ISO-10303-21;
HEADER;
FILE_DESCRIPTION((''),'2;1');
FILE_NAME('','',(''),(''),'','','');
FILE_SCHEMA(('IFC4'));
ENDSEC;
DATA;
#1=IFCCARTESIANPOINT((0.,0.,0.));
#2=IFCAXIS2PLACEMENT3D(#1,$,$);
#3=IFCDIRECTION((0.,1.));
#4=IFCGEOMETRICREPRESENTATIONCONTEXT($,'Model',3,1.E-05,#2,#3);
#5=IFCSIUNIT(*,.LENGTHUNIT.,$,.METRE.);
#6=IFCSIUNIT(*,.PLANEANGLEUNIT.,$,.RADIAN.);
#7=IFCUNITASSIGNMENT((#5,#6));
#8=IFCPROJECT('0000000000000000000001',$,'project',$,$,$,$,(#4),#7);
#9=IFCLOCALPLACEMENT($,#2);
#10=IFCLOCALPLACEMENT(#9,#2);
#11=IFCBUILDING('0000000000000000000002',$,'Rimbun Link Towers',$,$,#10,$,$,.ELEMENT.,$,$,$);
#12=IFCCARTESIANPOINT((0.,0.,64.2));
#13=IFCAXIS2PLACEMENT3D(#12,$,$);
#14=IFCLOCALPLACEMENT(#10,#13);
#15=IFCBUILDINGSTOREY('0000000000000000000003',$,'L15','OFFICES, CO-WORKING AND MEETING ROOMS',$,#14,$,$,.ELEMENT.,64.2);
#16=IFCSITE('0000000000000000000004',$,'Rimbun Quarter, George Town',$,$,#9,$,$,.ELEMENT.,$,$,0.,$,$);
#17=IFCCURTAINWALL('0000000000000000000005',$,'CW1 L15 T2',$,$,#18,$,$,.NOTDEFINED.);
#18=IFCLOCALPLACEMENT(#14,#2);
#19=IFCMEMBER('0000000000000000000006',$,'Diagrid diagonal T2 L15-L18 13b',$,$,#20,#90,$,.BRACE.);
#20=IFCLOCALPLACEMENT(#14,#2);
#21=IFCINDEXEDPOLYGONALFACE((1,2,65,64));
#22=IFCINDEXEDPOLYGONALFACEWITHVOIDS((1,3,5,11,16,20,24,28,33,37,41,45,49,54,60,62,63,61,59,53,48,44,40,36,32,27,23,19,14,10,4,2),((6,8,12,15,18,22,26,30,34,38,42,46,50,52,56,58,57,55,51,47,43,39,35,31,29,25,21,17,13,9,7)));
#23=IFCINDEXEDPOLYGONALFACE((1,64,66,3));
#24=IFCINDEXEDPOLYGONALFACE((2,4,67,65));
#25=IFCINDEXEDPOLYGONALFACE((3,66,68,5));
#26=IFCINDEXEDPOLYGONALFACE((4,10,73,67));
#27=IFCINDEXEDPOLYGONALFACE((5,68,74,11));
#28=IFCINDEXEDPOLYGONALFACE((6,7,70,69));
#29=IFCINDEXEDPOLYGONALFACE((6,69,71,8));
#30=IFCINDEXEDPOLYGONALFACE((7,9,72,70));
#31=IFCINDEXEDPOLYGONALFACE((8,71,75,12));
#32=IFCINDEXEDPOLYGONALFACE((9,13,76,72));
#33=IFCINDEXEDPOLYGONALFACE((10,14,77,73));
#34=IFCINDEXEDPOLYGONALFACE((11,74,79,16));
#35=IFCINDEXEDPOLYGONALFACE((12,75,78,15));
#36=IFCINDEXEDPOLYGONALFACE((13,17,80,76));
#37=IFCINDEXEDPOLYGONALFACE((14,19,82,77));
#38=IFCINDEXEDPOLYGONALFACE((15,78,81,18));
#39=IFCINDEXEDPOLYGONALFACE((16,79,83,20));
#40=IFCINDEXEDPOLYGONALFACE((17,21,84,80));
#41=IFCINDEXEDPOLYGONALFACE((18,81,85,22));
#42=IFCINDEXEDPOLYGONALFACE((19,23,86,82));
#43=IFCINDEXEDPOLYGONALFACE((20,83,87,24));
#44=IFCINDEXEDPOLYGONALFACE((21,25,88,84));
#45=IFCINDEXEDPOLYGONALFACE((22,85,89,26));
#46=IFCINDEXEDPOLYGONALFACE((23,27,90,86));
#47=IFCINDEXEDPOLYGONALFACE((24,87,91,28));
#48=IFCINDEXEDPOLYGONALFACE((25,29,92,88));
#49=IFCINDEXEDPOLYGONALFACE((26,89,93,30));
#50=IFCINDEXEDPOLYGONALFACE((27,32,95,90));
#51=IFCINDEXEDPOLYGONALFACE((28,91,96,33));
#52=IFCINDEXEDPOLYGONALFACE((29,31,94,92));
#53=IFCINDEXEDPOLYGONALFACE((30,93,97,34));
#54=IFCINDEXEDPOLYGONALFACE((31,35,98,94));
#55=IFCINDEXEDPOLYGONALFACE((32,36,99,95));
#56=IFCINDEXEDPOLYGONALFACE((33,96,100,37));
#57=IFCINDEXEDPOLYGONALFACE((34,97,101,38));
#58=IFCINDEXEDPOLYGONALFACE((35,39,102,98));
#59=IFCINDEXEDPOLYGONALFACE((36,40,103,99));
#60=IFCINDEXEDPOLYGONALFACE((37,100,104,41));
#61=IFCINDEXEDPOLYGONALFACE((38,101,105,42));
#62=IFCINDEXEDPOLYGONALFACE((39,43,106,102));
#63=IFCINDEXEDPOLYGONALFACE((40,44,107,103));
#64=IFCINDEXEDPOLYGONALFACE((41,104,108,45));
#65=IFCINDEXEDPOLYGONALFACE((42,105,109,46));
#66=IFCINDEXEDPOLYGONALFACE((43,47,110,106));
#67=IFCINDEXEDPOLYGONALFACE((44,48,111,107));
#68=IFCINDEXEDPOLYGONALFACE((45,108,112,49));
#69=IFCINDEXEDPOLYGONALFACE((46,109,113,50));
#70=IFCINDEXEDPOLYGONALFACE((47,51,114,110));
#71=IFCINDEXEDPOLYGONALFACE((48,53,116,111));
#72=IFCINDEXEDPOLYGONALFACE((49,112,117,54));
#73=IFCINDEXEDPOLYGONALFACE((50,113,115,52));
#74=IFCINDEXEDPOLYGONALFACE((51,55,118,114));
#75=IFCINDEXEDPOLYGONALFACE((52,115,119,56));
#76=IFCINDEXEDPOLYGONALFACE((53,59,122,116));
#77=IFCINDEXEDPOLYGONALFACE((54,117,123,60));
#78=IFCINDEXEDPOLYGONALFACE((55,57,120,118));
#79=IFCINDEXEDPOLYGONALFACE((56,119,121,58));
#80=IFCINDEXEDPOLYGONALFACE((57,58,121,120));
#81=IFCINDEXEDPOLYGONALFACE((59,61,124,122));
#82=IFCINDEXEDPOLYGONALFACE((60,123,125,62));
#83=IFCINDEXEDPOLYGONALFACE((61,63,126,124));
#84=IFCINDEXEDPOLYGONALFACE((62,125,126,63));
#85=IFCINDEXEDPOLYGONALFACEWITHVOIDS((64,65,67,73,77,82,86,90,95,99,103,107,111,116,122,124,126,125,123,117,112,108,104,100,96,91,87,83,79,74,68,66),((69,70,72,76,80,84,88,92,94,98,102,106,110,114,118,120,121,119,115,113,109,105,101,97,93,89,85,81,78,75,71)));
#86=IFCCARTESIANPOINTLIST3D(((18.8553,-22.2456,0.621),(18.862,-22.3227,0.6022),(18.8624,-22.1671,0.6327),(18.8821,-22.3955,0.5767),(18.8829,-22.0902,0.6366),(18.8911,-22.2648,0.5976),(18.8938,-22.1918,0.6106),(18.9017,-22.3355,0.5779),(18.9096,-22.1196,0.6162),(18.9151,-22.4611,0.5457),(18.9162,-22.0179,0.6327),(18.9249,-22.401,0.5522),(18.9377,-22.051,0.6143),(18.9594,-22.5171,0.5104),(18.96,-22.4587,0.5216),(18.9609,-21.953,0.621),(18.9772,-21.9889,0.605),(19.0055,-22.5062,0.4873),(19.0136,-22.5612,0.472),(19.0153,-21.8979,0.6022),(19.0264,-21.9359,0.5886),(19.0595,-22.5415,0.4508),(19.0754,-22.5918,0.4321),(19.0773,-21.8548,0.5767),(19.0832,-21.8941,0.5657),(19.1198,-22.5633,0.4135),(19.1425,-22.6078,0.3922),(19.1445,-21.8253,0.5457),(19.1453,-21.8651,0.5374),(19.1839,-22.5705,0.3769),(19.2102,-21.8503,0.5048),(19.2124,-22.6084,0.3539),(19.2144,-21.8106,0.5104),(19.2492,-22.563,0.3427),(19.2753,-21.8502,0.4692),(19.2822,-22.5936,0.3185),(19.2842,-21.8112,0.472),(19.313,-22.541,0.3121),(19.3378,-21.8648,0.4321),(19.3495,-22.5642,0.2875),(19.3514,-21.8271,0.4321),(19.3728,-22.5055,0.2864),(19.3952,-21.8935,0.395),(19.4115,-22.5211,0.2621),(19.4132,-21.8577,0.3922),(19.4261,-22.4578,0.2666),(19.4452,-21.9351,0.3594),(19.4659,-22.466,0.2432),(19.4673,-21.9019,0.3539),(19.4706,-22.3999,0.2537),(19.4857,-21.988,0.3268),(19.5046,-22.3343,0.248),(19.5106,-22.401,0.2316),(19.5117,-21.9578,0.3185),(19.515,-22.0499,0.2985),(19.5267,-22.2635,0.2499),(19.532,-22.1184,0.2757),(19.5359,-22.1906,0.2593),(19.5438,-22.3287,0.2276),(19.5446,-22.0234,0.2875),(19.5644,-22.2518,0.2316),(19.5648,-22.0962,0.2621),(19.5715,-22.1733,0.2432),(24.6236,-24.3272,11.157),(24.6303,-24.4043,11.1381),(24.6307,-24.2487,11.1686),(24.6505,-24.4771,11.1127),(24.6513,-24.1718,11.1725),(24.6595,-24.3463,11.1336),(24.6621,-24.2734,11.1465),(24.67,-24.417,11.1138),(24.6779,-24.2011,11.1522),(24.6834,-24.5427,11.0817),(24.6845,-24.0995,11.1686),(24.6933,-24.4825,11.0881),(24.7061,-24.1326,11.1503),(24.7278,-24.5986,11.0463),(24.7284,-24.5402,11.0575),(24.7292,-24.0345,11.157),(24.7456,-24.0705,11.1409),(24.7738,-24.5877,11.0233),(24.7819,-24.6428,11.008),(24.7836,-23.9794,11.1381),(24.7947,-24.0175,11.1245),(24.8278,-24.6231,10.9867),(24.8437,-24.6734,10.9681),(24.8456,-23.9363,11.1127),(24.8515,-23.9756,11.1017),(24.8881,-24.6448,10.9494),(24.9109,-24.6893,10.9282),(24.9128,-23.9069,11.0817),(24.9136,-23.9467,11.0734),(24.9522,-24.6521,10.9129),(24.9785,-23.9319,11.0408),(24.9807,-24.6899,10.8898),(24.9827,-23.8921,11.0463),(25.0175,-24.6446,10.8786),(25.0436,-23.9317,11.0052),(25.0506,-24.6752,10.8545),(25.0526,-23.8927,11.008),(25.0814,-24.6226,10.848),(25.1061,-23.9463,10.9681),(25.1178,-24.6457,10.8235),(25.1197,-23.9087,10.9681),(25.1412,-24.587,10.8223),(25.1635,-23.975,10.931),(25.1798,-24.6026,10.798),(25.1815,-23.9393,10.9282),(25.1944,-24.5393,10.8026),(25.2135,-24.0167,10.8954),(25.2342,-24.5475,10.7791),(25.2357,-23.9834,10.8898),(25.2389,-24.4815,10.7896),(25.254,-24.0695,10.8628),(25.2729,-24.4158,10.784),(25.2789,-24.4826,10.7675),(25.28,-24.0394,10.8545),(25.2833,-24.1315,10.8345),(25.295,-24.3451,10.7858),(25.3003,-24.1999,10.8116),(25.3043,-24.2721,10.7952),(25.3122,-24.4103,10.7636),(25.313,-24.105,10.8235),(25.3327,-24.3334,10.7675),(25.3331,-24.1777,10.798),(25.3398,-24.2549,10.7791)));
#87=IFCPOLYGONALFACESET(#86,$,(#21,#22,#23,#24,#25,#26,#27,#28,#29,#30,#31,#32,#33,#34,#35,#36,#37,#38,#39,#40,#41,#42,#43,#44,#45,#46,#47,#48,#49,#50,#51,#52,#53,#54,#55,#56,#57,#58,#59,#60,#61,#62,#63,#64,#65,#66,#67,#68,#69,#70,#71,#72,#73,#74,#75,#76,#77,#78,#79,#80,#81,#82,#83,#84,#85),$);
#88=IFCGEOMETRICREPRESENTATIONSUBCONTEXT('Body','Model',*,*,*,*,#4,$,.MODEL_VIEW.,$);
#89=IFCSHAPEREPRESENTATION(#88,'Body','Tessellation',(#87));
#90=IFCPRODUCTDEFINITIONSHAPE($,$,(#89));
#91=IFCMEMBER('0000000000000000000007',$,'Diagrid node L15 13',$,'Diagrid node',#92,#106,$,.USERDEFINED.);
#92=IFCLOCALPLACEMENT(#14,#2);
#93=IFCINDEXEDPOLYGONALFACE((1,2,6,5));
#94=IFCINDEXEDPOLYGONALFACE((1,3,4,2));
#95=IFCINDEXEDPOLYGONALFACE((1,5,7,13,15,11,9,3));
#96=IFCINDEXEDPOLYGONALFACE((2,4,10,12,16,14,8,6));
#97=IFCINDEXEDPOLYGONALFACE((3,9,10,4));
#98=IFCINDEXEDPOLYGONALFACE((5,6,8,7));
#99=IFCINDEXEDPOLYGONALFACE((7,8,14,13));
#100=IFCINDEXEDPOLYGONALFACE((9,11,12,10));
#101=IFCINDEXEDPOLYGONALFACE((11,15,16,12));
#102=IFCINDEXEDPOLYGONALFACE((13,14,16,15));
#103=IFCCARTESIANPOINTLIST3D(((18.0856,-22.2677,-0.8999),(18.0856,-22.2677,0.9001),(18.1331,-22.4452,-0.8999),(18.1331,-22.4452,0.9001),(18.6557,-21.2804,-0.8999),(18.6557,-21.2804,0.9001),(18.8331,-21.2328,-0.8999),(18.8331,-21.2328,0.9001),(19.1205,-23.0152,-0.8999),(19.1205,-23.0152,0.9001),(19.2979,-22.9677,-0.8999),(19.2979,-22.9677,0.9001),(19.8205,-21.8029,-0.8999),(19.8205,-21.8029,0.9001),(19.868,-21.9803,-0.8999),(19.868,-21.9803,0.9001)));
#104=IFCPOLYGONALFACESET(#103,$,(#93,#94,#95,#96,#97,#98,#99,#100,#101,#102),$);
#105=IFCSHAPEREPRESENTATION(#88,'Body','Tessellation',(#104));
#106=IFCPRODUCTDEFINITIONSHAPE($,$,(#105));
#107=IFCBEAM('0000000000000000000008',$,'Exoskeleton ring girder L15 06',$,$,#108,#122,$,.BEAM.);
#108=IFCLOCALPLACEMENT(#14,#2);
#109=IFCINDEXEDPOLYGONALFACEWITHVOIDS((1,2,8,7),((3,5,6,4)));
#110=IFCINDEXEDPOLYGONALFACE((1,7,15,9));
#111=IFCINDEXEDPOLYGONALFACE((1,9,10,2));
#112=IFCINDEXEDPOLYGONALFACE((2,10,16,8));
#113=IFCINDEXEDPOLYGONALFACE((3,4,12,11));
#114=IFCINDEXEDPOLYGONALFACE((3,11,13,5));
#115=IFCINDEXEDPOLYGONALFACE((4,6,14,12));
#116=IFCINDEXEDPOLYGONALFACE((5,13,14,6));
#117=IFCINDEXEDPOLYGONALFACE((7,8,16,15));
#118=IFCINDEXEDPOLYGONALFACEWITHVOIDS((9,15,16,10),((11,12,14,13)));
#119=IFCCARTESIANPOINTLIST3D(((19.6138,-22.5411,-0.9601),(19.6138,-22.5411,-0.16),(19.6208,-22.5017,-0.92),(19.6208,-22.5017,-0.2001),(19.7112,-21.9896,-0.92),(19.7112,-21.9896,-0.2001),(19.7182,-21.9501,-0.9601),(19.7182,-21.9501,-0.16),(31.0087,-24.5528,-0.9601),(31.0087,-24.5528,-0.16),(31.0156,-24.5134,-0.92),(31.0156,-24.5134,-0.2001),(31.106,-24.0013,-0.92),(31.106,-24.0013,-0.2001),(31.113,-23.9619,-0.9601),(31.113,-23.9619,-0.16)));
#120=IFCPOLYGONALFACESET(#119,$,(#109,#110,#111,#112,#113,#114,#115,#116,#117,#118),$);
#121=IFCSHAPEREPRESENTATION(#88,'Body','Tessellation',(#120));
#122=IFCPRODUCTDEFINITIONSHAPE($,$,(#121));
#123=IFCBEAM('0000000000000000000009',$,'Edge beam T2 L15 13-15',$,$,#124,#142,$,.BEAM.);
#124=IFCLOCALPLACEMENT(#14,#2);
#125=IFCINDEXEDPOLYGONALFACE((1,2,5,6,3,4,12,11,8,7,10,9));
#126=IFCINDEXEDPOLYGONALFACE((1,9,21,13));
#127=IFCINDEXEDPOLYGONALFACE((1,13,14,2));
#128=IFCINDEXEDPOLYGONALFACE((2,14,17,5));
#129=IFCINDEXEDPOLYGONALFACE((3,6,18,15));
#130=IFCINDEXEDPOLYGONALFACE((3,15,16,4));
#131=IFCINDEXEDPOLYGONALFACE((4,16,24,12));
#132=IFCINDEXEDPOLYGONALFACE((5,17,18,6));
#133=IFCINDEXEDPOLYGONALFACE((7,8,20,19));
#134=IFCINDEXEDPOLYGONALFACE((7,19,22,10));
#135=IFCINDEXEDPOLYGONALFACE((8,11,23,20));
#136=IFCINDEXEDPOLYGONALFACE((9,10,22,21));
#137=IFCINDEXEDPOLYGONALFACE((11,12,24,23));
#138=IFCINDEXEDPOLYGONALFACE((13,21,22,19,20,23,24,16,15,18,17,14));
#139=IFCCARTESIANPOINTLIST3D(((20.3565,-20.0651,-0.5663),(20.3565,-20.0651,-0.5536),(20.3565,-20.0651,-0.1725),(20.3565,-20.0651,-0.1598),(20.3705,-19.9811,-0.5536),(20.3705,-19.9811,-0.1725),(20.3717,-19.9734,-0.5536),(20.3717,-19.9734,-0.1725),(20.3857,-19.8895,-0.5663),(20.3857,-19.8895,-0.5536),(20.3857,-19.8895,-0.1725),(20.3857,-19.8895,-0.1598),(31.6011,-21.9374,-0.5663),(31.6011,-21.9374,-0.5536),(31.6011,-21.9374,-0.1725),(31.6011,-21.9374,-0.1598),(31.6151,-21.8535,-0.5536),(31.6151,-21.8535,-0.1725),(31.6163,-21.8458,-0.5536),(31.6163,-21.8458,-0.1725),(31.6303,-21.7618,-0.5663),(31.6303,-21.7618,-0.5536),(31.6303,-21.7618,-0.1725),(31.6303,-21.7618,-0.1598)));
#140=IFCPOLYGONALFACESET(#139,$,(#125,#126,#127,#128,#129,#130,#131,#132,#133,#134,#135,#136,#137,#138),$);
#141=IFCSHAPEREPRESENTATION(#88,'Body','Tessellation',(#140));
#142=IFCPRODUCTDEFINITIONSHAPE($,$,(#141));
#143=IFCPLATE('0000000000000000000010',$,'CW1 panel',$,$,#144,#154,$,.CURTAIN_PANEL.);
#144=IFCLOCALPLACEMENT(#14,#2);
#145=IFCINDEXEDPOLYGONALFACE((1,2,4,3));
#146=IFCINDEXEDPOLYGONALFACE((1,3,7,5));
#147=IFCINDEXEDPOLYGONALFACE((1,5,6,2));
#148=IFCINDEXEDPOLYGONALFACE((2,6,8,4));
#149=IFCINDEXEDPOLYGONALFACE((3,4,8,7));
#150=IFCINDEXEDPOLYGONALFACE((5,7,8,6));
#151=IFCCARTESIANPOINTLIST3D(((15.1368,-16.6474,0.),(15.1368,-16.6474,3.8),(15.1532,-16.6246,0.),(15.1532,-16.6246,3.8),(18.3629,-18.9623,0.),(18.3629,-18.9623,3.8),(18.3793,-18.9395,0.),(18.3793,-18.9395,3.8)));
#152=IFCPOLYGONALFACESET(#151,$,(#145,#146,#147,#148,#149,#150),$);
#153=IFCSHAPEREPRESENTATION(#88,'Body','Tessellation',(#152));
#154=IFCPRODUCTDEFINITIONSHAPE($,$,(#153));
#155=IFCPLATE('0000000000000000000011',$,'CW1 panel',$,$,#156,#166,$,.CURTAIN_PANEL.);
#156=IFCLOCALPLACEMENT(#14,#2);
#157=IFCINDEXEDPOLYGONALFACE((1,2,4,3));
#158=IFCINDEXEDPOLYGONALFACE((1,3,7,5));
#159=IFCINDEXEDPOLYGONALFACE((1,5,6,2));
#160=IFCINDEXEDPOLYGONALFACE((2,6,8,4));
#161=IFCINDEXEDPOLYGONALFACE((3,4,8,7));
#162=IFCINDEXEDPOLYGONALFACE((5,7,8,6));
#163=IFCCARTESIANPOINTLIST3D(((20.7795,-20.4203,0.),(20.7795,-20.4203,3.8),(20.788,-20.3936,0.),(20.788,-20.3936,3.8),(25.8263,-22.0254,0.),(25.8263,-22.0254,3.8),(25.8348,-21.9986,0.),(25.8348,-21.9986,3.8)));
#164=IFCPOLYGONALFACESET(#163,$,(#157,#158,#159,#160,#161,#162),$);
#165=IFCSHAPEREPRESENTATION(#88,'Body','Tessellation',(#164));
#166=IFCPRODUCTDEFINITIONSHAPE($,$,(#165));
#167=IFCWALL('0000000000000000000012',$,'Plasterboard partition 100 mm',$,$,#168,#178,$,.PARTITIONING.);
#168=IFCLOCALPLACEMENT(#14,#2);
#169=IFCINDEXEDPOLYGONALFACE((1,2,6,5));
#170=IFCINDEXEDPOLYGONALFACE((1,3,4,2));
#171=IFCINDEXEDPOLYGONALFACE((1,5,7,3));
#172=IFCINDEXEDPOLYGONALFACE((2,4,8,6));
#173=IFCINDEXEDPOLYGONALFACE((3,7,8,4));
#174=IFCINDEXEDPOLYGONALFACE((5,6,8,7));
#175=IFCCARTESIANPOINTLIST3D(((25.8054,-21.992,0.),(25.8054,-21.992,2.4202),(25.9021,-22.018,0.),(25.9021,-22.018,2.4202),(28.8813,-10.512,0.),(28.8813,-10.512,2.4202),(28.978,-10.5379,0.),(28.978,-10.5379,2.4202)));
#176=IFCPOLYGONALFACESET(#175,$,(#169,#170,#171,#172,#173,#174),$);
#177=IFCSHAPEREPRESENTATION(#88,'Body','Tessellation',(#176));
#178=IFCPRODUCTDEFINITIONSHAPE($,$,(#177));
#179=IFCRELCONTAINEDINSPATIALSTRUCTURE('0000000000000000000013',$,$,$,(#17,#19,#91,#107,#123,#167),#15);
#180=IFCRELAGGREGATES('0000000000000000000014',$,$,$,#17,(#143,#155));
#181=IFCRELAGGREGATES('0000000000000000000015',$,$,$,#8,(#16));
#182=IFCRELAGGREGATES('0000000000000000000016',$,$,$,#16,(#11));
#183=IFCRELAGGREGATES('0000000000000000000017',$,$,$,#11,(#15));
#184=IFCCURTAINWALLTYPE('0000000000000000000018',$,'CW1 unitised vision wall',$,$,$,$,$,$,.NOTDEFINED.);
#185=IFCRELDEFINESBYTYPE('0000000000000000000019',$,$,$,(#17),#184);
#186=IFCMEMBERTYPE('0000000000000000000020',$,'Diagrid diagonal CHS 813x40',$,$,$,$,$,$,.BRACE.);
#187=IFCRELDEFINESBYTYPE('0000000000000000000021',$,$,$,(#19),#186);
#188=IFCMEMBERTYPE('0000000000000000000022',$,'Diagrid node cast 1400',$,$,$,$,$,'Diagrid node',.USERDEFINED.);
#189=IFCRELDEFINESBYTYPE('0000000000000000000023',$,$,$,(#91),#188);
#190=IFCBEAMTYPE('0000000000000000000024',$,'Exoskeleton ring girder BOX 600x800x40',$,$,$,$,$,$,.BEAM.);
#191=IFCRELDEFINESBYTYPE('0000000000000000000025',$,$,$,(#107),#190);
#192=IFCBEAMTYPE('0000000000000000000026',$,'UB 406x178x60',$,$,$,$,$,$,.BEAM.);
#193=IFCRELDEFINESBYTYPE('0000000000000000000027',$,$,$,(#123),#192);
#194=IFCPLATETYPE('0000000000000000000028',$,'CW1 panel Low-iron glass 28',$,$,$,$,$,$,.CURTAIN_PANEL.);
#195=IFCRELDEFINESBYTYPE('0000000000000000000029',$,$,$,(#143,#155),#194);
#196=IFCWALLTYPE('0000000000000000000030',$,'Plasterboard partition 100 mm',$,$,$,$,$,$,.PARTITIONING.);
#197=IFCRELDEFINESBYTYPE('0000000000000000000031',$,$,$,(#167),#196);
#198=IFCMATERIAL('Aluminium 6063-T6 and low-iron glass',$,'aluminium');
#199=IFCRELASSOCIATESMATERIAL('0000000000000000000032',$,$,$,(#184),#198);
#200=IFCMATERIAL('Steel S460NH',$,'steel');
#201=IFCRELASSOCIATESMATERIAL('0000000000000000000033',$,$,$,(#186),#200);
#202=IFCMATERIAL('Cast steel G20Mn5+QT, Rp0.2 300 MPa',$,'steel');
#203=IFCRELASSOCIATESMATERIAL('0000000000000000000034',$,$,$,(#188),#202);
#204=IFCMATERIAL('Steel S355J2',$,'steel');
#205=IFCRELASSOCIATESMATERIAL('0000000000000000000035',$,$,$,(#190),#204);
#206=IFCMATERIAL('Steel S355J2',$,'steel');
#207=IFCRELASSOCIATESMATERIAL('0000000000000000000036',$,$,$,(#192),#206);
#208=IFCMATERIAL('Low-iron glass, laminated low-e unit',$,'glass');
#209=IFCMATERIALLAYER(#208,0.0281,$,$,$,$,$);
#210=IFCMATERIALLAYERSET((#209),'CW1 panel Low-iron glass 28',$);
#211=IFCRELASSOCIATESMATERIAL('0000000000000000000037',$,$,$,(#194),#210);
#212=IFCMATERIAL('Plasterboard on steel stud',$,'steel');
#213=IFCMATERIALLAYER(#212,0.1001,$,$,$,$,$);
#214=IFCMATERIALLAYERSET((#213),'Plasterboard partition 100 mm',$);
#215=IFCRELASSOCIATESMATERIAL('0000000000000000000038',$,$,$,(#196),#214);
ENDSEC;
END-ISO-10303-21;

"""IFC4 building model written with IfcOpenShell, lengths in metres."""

from ifc_helpers import new_model, si_unit, direction, frame, frame_2d, origin, origin_2d, place, context, subcontext, project, spatial, polyline, rectangle, hollow_rectangle, hollow_circle, i_section, outline, extrude, material, layer, layer_set, material_profile, profile_set, type_object, element, aggregate, save


model = new_model("IFC4")

# Units and contexts
model_context = context("Model", 3, precision=1e-05, world=origin(), true_north=direction((0.0, 1.0)))
body_context = subcontext(model_context, "Body", "Model", "MODEL_VIEW")
ifc_project = project(units=[si_unit("LENGTHUNIT", "METRE"), si_unit("PLANEANGLEUNIT", "RADIAN")], contexts=[model_context])

# Site, building, storey
site_placement = place(None, origin())
site = spatial("IfcSite", under=ifc_project, at=site_placement, Name="Rimbun Quarter, George Town", CompositionType="ELEMENT", RefElevation=0.0)
building_placement = place(site_placement, origin())
building = spatial("IfcBuilding", under=site, at=building_placement, Name="Rimbun Link Towers", CompositionType="ELEMENT")
storey_placement = place(building_placement, frame((0.0, 0.0, 64.2)))
storey = spatial("IfcBuildingStorey", under=building, at=storey_placement, Name="L15", Description="OFFICES, CO-WORKING AND MEETING ROOMS", CompositionType="ELEMENT", Elevation=64.2)

# Curtain wall
ifc_material_1 = material(Name="Aluminium 6063-T6 and low-iron glass", Category="aluminium")
curtain_wall_type = type_object("IfcCurtainWallType", Name="CW1 unitised vision wall", PredefinedType="NOTDEFINED", material=ifc_material_1)
curtain_wall_placement = place(storey_placement, origin())
curtain_wall = element("IfcCurtainWall", 1, at=curtain_wall_placement, inside=storey, type_object=curtain_wall_type, Name="CW1 L15 T2", PredefinedType="NOTDEFINED")

# Members
ifc_material_2 = material(Name="Steel S460NH", Category="steel")
ifc_material_profile_1 = material_profile(ifc_material_2, hollow_circle(Radius=0.4065, WallThickness=0.04, at=origin_2d()), Name="Diagrid diagonal CHS 813x40")
ifc_profile_set_1 = profile_set([ifc_material_profile_1], Name="Steel S460NH")
member_type_1 = type_object("IfcMemberType", Name="Diagrid diagonal CHS 813x40", PredefinedType="BRACE", material=ifc_profile_set_1)
member_1_placement = place(storey_placement, frame((19.2134, -22.2095, 0.4321), z_axis=(0.473176, -0.17075, 0.864262), x_axis=(0.339434, 0.94063, 0.0)))
element("IfcMember", 2, at=member_1_placement, inside=storey, type_object=member_type_1, Name="Diagrid diagonal T2 L15-L18 13b", PredefinedType="BRACE", context=body_context, shape_type="SweptSolid", body=[
    extrude(hollow_circle(Radius=0.4065, WallThickness=0.04, at=origin_2d()), origin(), (0.0, 0.0, 1.0), 12.1907),
])
ifc_material_3 = material(Name="Cast steel G20Mn5+QT, Rp0.2 300 MPa", Category="steel")
ifc_material_profile_2 = material_profile(ifc_material_3, outline(polyline([(0.7, -0.5701), (0.7, 0.5701), (0.5701, 0.7), (-0.5701, 0.7), (-0.7, 0.5701), (-0.7, -0.5701), (-0.5701, -0.7), (0.5701, -0.7), (0.7, -0.5701)])), Name="NODE 1400x1400")
ifc_profile_set_2 = profile_set([ifc_material_profile_2], Name="Cast steel G20Mn5+QT, Rp0.2 300 MPa")
member_type_2 = type_object("IfcMemberType", Name="Diagrid node cast 1400", ElementType="Diagrid node", PredefinedType="USERDEFINED", material=ifc_profile_set_2)
member_2_placement = place(storey_placement, frame((18.9768, -22.124, -0.8999), z_axis=(0.0, 0.0, 1.0), x_axis=(-0.5, -0.866025, 0.0)))
element("IfcMember", 3, at=member_2_placement, inside=storey, type_object=member_type_2, Name="Diagrid node L15 13", ObjectType="Diagrid node", PredefinedType="USERDEFINED", context=body_context, shape_type="SweptSolid", body=[
    extrude(outline(polyline([(0.7, -0.5701), (0.7, 0.5701), (0.5701, 0.7), (-0.5701, 0.7), (-0.7, 0.5701), (-0.7, -0.5701), (-0.5701, -0.7), (0.5701, -0.7), (0.7, -0.5701)])), origin(), (0.0, 0.0, 1.0), 1.8),
])

# Beams
ifc_material_4 = material(Name="Steel S355J2", Category="steel")
ifc_material_profile_3 = material_profile(ifc_material_4, hollow_rectangle(XDim=0.6001, YDim=0.8, WallThickness=0.04, at=origin_2d()), Name="Exoskeleton ring girder BOX 600x800x40")
ifc_profile_set_3 = profile_set([ifc_material_profile_3], Name="Steel S355J2")
beam_type_1 = type_object("IfcBeamType", Name="Exoskeleton ring girder BOX 600x800x40", PredefinedType="BEAM", material=ifc_profile_set_3)
beam_1_placement = place(storey_placement, frame((19.666, -22.2456, -0.5601), z_axis=(0.984771, -0.173859, 0.0), x_axis=(0.173859, 0.984771, 0.0)))
element("IfcBeam", 4, at=beam_1_placement, inside=storey, type_object=beam_type_1, Name="Exoskeleton ring girder L15 06", PredefinedType="BEAM", context=body_context, shape_type="SweptSolid", body=[
    extrude(hollow_rectangle(XDim=0.6001, YDim=0.8, WallThickness=0.04, at=origin_2d()), origin(), (0.0, 0.0, 1.0), 11.571),
])
ifc_material_5 = material(Name="Steel S355J2", Category="steel")
ifc_material_profile_4 = material_profile(ifc_material_5, i_section(OverallWidth=0.178, OverallDepth=0.4065, WebThickness=0.0078, FlangeThickness=0.0127, at=origin_2d()), Name="UB 406x178x60")
ifc_profile_set_4 = profile_set([ifc_material_profile_4], Name="Steel S355J2")
beam_type_2 = type_object("IfcBeamType", Name="UB 406x178x60", PredefinedType="BEAM", material=ifc_profile_set_4)
beam_2_placement = place(storey_placement, frame((20.3711, -19.9773, -0.363), z_axis=(0.986419, -0.164246, 0.0), x_axis=(0.164246, 0.986419, 0.0)))
element("IfcBeam", 5, at=beam_2_placement, inside=storey, type_object=beam_type_2, Name="Edge beam T2 L15 13-15", PredefinedType="BEAM", context=body_context, shape_type="SweptSolid", body=[
    extrude(i_section(OverallWidth=0.178, OverallDepth=0.4065, WebThickness=0.0078, FlangeThickness=0.0127, at=origin_2d()), origin(), (0.0, 0.0, 1.0), 11.3994),
])

# Plates
ifc_material_6 = material(Name="Low-iron glass, laminated low-e unit", Category="glass")
ifc_layer_1 = layer(ifc_material_6, 0.0281)
ifc_layer_set_1 = layer_set([ifc_layer_1], Name="CW1 panel Low-iron glass 28")
plate_type = type_object("IfcPlateType", Name="CW1 panel Low-iron glass 28", PredefinedType="CURTAIN_PANEL", material=ifc_layer_set_1)
plate_1_placement = place(storey_placement, frame((16.7581, -17.7935, 0.0), z_axis=(0.0, 0.0, 1.0), x_axis=(-0.812471, 0.583002, 0.0)))
plate_1 = element("IfcPlate", 6, at=plate_1_placement, type_object=plate_type, Name="CW1 panel", PredefinedType="CURTAIN_PANEL", context=body_context, shape_type="SweptSolid", body=[
    extrude(rectangle(XDim=3.9707, YDim=0.0281, at=origin_2d()), origin(), (0.0, 0.0, 1.0), 3.8),
])
plate_2_placement = place(storey_placement, frame((23.3071, -21.2095, 0.0), z_axis=(0.0, 0.0, 1.0), x_axis=(-0.95297, 0.303066, 0.0)))
plate_2 = element("IfcPlate", 7, at=plate_2_placement, type_object=plate_type, Name="CW1 panel", PredefinedType="CURTAIN_PANEL", context=body_context, shape_type="SweptSolid", body=[
    extrude(rectangle(XDim=5.2959, YDim=0.0281, at=origin_2d()), origin(), (0.0, 0.0, 1.0), 3.8),
])
aggregate(curtain_wall, [plate_1, plate_2])

# Wall
ifc_material_7 = material(Name="Plasterboard on steel stud", Category="steel")
ifc_layer_2 = layer(ifc_material_7, 0.1001)
ifc_layer_set_2 = layer_set([ifc_layer_2], Name="Plasterboard partition 100 mm")
wall_type = type_object("IfcWallType", Name="Plasterboard partition 100 mm", PredefinedType="PARTITIONING", material=ifc_layer_set_2)
wall_placement = place(storey_placement, frame((25.8538, -22.0049, 0.0), z_axis=(0.0, 0.0, 1.0), x_axis=(0.258809, 0.965928, 0.0)))
element("IfcWall", 8, at=wall_placement, inside=storey, type_object=wall_type, Name="Plasterboard partition 100 mm", PredefinedType="PARTITIONING", context=body_context, shape_type="SweptSolid", body=[
    extrude(rectangle(XDim=11.885, YDim=0.1001, at=frame_2d((5.9424, 0.0))), origin(), (0.0, 0.0, 1.0), 2.4202),
])

save(model, "model.ifc")
